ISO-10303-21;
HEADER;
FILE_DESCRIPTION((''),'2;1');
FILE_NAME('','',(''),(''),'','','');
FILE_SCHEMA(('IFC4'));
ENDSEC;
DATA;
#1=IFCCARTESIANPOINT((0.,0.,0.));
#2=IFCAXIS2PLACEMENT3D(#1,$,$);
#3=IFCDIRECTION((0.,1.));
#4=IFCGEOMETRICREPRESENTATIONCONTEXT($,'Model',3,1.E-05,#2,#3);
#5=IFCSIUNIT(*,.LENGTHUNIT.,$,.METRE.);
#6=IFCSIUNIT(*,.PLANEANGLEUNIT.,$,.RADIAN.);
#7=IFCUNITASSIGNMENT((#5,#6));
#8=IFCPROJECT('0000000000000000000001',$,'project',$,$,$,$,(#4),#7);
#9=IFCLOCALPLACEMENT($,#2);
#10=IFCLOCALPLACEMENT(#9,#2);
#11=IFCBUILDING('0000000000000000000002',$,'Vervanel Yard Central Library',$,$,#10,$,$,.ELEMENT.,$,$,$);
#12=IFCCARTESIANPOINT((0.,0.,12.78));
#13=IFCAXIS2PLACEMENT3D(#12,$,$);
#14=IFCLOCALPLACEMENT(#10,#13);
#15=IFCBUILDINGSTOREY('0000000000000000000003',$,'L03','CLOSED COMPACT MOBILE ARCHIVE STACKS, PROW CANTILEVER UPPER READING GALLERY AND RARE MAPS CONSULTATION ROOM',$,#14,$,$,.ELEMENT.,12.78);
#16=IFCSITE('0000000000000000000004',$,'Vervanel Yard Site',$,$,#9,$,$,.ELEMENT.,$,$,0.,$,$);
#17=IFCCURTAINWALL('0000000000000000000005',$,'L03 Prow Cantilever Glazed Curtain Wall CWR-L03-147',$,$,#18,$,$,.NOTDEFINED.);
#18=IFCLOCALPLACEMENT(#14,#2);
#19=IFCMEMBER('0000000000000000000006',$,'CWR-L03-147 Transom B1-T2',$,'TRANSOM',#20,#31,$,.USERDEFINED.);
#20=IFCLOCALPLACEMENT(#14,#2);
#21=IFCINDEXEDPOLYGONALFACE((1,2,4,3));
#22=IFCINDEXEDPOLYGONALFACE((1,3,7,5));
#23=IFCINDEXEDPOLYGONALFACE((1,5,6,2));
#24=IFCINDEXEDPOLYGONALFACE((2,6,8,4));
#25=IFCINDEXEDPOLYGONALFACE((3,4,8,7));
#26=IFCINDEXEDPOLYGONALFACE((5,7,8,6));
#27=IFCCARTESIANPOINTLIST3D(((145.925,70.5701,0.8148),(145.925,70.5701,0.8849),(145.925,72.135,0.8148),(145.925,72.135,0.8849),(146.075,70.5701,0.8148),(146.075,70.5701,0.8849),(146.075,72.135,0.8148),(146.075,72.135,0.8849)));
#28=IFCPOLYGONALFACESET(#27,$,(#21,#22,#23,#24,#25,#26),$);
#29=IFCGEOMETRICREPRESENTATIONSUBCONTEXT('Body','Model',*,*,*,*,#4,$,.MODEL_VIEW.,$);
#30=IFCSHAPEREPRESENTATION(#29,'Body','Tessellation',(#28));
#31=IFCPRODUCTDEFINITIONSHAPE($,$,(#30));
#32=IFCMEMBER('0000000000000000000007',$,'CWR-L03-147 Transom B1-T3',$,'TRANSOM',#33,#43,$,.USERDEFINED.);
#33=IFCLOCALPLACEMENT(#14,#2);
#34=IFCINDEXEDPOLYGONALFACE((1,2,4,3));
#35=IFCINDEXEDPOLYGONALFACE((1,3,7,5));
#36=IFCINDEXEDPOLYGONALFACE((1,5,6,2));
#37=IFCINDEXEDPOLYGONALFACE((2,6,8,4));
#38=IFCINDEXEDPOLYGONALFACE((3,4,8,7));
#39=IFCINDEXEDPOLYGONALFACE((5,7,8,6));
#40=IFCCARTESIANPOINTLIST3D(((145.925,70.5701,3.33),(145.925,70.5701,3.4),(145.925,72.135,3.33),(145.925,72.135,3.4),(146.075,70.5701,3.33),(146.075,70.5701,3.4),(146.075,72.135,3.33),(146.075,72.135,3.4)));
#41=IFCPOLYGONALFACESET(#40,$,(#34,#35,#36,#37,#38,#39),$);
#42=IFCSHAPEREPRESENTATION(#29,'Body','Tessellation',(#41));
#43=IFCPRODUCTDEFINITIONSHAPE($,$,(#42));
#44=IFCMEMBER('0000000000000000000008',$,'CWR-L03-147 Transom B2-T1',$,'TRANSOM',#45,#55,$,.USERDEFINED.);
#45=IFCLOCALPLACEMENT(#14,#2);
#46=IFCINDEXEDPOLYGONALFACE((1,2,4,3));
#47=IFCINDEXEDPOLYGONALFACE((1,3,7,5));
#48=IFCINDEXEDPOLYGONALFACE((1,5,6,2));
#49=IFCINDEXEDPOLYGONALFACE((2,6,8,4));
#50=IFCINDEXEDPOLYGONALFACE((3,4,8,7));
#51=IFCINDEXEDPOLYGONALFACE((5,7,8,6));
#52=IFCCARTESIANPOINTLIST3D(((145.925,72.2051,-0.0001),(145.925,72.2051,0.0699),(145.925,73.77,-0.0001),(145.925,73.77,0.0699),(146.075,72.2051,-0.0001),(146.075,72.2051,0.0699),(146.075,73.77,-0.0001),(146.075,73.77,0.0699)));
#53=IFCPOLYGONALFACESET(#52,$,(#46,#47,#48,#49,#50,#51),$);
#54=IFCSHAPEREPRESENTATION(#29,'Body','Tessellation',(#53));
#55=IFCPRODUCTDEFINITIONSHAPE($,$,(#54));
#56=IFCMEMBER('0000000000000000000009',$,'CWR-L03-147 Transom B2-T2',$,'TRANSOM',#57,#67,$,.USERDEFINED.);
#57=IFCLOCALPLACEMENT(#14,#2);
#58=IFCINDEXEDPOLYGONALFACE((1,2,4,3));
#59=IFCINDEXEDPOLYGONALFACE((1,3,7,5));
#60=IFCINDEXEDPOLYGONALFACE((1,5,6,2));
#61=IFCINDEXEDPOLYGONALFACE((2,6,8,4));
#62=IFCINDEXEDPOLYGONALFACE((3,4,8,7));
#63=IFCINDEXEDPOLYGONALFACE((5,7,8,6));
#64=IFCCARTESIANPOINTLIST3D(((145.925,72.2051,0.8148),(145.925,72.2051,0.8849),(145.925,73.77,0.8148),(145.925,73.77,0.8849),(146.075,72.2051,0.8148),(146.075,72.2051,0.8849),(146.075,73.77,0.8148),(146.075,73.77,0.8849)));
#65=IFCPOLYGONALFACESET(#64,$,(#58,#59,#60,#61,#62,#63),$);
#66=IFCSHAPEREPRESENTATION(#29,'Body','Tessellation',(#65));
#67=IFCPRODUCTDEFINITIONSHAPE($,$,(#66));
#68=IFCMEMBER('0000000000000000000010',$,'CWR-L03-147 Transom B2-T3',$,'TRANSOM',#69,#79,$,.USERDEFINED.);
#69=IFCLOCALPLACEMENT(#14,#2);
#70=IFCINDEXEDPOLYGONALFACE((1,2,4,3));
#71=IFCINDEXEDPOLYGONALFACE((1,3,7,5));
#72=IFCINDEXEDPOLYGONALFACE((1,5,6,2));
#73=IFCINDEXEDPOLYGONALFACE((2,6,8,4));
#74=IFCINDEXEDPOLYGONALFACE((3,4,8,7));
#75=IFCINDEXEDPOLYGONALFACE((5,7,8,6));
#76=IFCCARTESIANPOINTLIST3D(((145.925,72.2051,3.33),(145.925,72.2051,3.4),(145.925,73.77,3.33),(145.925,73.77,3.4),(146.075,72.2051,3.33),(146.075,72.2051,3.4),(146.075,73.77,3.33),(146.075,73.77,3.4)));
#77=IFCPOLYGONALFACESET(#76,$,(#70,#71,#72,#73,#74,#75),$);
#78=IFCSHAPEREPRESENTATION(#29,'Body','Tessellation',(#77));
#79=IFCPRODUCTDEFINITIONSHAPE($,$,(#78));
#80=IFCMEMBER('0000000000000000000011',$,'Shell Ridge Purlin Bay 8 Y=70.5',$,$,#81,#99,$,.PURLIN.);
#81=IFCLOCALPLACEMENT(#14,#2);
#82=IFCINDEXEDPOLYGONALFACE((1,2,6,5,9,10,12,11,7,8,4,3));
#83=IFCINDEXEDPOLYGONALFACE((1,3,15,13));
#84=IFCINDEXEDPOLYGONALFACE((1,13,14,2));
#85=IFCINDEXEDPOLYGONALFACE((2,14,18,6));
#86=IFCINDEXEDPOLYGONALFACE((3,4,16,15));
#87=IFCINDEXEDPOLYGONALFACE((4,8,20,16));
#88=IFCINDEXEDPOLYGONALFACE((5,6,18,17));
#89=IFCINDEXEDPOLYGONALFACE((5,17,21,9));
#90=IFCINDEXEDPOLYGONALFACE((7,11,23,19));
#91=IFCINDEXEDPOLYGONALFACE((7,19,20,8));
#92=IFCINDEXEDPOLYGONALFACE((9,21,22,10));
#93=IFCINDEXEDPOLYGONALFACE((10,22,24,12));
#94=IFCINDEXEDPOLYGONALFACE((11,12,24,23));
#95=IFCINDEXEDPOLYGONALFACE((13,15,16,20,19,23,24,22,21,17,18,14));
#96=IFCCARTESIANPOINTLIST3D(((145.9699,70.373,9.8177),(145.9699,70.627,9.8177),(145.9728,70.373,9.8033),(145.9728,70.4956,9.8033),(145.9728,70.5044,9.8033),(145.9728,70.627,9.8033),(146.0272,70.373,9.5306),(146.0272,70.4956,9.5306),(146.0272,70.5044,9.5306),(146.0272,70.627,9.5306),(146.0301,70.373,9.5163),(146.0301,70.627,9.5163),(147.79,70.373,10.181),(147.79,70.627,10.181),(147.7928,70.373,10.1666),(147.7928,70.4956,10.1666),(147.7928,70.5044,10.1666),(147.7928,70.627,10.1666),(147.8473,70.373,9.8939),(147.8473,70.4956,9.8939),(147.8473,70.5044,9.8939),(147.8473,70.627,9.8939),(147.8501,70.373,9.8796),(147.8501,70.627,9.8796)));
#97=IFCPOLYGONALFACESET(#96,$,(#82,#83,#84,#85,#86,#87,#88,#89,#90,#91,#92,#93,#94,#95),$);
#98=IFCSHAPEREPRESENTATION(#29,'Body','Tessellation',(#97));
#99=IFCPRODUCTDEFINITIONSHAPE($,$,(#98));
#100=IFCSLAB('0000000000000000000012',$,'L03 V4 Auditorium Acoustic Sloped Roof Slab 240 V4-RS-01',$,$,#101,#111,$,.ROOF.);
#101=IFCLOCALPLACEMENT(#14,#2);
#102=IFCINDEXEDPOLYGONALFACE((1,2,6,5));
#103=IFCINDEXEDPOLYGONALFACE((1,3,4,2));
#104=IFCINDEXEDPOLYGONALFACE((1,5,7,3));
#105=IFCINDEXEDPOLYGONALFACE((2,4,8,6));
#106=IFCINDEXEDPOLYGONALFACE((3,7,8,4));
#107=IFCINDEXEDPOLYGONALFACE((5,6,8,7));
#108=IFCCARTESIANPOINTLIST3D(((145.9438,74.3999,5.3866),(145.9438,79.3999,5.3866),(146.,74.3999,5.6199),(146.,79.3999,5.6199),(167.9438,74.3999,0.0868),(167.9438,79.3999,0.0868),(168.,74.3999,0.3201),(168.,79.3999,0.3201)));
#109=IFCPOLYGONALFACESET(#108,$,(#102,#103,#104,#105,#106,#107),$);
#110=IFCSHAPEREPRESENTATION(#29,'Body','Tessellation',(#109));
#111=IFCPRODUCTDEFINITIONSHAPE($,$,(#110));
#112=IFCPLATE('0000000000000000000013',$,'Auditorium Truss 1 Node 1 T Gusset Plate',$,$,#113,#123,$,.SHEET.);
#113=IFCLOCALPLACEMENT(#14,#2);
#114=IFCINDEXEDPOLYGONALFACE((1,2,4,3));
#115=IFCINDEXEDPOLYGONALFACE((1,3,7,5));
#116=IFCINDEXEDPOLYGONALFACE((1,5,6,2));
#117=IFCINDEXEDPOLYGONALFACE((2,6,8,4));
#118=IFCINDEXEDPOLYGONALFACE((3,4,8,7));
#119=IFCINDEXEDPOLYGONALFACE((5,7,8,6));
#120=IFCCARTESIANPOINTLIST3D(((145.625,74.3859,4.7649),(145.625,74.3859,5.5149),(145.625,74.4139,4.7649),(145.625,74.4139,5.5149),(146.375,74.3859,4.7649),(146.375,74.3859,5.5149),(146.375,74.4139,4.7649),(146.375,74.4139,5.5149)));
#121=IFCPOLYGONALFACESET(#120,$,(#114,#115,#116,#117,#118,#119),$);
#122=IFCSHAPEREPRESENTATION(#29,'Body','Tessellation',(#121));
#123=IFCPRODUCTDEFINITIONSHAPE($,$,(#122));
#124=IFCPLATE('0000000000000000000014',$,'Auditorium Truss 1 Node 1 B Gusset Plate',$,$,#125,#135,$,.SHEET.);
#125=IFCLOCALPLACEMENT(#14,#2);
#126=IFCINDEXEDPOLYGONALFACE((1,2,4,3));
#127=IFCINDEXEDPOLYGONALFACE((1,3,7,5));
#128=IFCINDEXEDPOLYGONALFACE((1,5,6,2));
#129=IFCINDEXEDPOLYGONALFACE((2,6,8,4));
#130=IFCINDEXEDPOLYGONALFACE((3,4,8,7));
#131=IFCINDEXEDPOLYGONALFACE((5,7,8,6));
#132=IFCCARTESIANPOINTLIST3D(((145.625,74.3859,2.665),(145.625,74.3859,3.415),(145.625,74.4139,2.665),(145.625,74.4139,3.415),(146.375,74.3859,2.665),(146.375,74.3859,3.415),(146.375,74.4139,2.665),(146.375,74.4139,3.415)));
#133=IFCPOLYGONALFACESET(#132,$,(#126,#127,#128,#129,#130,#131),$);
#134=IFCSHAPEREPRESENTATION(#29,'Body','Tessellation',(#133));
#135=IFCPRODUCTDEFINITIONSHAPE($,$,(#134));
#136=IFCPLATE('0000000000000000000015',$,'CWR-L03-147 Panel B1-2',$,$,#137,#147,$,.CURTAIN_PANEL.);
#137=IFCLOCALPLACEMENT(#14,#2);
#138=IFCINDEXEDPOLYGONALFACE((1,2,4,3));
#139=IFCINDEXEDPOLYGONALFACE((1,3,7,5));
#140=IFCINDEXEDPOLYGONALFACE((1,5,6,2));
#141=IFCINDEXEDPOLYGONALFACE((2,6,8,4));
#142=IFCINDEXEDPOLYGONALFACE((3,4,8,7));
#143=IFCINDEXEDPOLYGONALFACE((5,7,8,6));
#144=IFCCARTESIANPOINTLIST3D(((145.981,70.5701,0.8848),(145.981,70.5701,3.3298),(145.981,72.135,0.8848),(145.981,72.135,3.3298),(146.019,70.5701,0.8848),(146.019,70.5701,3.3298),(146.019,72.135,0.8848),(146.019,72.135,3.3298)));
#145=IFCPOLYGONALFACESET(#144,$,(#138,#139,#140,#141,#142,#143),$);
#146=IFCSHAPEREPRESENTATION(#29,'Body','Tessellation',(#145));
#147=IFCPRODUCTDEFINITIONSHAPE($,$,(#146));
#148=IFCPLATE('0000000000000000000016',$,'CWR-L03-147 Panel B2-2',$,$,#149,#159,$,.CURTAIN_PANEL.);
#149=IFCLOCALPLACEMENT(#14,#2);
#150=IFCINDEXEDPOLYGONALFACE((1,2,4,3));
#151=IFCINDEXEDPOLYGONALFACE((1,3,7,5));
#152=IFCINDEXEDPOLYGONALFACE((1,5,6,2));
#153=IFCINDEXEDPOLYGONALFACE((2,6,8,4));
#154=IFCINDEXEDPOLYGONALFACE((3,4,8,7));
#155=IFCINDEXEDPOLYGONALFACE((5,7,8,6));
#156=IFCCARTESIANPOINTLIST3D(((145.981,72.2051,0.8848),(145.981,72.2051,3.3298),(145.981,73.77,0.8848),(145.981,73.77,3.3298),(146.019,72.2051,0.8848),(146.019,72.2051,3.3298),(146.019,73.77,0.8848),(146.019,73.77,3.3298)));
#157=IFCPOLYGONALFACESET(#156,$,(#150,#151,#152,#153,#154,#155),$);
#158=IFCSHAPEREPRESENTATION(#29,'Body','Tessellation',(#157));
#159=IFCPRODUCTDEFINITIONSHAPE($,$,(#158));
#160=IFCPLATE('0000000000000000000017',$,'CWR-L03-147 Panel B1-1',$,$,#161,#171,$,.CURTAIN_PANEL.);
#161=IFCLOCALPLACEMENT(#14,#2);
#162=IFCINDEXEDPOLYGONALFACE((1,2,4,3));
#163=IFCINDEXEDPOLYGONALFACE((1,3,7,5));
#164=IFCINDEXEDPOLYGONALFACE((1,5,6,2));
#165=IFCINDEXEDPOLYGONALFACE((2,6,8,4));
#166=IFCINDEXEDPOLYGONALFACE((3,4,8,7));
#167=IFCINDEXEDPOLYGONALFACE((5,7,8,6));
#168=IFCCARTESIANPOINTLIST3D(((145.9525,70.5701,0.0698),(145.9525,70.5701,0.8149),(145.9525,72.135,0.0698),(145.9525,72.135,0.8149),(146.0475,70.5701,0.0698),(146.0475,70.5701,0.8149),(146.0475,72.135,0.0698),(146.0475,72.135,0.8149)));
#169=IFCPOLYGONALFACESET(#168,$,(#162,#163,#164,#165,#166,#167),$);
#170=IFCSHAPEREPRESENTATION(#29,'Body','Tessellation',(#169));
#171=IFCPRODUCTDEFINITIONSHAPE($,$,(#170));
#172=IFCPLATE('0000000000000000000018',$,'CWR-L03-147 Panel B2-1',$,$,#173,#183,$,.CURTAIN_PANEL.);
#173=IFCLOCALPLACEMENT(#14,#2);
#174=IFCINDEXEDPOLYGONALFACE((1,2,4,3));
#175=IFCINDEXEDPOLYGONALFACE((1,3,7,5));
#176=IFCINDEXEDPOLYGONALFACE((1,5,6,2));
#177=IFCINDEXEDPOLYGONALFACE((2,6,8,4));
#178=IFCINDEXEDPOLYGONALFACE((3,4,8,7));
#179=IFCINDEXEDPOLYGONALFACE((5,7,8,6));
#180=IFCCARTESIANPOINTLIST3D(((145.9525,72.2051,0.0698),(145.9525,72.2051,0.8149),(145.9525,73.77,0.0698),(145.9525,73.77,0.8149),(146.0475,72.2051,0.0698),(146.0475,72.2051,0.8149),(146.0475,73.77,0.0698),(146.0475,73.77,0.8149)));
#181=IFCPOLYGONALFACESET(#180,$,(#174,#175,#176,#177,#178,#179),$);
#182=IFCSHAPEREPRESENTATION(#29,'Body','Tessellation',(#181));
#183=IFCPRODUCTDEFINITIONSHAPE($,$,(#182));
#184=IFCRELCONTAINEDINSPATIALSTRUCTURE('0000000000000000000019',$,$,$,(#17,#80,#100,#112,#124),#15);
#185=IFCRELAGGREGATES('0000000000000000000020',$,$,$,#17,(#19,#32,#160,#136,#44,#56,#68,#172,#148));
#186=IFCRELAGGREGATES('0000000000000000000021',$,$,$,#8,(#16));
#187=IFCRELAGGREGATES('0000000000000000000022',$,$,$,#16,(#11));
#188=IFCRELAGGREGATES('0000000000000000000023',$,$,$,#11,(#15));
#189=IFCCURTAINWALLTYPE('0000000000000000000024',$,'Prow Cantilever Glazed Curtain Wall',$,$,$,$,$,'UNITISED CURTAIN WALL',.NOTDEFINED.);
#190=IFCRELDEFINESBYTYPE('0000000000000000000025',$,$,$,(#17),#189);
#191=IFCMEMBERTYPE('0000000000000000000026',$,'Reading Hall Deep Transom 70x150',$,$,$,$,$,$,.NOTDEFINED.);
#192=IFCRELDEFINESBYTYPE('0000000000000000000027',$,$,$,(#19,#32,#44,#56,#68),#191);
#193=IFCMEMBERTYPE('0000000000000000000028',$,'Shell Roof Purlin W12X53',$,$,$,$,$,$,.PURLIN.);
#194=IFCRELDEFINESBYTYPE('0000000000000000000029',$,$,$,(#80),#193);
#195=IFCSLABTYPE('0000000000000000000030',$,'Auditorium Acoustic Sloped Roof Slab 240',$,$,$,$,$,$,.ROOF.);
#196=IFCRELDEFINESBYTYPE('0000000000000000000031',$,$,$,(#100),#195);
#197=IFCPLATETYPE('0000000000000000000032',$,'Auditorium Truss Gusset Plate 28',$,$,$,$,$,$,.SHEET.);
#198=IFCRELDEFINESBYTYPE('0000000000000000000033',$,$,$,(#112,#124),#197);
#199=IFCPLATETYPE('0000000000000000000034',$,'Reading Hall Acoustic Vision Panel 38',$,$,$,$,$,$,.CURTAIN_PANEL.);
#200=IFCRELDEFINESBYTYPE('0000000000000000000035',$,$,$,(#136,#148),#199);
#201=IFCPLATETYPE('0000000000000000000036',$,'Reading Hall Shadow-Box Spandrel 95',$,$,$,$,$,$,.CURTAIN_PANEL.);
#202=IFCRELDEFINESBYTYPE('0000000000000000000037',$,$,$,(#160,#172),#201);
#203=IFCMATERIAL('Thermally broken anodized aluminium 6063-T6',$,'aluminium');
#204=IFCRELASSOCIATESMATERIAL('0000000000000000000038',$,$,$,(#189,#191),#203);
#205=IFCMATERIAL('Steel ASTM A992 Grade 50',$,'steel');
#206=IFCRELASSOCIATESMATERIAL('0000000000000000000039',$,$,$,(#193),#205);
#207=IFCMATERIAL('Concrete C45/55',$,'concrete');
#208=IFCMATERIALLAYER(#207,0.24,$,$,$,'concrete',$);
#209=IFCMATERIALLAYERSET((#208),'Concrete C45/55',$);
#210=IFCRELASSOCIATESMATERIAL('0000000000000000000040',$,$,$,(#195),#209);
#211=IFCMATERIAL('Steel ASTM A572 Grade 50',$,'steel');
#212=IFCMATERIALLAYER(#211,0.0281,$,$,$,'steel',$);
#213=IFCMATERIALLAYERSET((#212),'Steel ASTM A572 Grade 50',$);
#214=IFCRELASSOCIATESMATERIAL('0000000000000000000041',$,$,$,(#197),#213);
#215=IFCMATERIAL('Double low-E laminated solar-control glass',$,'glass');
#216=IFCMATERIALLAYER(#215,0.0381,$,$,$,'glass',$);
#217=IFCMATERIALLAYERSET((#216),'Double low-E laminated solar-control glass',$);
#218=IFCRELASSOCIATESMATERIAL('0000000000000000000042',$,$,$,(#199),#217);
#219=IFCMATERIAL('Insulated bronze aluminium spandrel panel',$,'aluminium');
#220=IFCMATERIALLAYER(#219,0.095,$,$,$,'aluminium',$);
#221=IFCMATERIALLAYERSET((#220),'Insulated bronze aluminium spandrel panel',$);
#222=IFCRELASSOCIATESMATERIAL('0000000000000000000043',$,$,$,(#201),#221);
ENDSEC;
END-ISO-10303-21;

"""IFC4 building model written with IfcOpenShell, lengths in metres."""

from ifc_helpers import new_model, si_unit, direction, frame, origin, origin_2d, place, context, subcontext, project, spatial, polyline, rectangle, i_section, outline, extrude, material, layer, layer_set, material_profile, profile_set, type_object, element, aggregate, save


model = new_model("IFC4")

# Units and contexts
model_context = context("Model", 3, precision=1e-05, world=origin(), true_north=direction((0.0, 1.0)))
body_context = subcontext(model_context, "Body", "Model", "MODEL_VIEW")
ifc_project = project(units=[si_unit("LENGTHUNIT", "METRE"), si_unit("PLANEANGLEUNIT", "RADIAN")], contexts=[model_context])

# Site, building, storey
site_placement = place(None, origin())
site = spatial("IfcSite", under=ifc_project, at=site_placement, Name="Vervanel Yard Site", CompositionType="ELEMENT", RefElevation=0.0)
building_placement = place(site_placement, origin())
building = spatial("IfcBuilding", under=site, at=building_placement, Name="Vervanel Yard Central Library", CompositionType="ELEMENT")
storey_placement = place(building_placement, frame((0.0, 0.0, 12.78)))
storey = spatial("IfcBuildingStorey", under=building, at=storey_placement, Name="L03", Description="CLOSED COMPACT MOBILE ARCHIVE STACKS, PROW CANTILEVER UPPER READING GALLERY AND RARE MAPS CONSULTATION ROOM", CompositionType="ELEMENT", Elevation=12.78)

# Shared definitions
ifc_material_1 = material(Name="Steel ASTM A992 Grade 50", Category="steel")

# Curtain wall, members
ifc_material_2 = material(Name="Thermally broken anodized aluminium 6063-T6", Category="aluminium")
curtain_wall_type = type_object("IfcCurtainWallType", Name="Prow Cantilever Glazed Curtain Wall", ElementType="UNITISED CURTAIN WALL", PredefinedType="NOTDEFINED", material=ifc_material_2)
curtain_wall_placement = place(storey_placement, origin())
curtain_wall = element("IfcCurtainWall", 1, at=curtain_wall_placement, inside=storey, type_object=curtain_wall_type, Name="L03 Prow Cantilever Glazed Curtain Wall CWR-L03-147", PredefinedType="NOTDEFINED")
ifc_material_profile_1 = material_profile(ifc_material_2, rectangle(XDim=0.0701, YDim=0.1499, at=origin_2d()), Name="ALU 70x150", Category="aluminium")
ifc_profile_set_1 = profile_set([ifc_material_profile_1], Name="Thermally broken anodized aluminium 6063-T6")
member_type_1 = type_object("IfcMemberType", Name="Reading Hall Deep Transom 70x150", PredefinedType="NOTDEFINED", material=ifc_profile_set_1)
member_1_placement = place(storey_placement, frame((146.0, 70.5701, 0.8499), z_axis=(0.0, 1.0, 0.0), x_axis=(0.0, 0.0, 1.0)))
member_1 = element("IfcMember", 2, at=member_1_placement, type_object=member_type_1, Name="CWR-L03-147 Transom B1-T2", ObjectType="TRANSOM", PredefinedType="USERDEFINED", context=body_context, shape_type="SweptSolid", body=[
    extrude(rectangle(XDim=0.0701, YDim=0.1499, at=origin_2d()), origin(), (0.0, 0.0, 1.0), 1.5649),
])
member_2_placement = place(storey_placement, frame((146.0, 70.5701, 3.365), z_axis=(0.0, 1.0, 0.0), x_axis=(0.0, 0.0, 1.0)))
member_2 = element("IfcMember", 3, at=member_2_placement, type_object=member_type_1, Name="CWR-L03-147 Transom B1-T3", ObjectType="TRANSOM", PredefinedType="USERDEFINED", context=body_context, shape_type="SweptSolid", body=[
    extrude(rectangle(XDim=0.0701, YDim=0.1499, at=origin_2d()), origin(), (0.0, 0.0, 1.0), 1.5649),
])
member_3_placement = place(storey_placement, frame((146.0, 72.2051, 0.0349), z_axis=(0.0, 1.0, 0.0), x_axis=(0.0, 0.0, 1.0)))
member_3 = element("IfcMember", 4, at=member_3_placement, type_object=member_type_1, Name="CWR-L03-147 Transom B2-T1", ObjectType="TRANSOM", PredefinedType="USERDEFINED", context=body_context, shape_type="SweptSolid", body=[
    extrude(rectangle(XDim=0.0701, YDim=0.1499, at=origin_2d()), origin(), (0.0, 0.0, 1.0), 1.5649),
])
member_4_placement = place(storey_placement, frame((146.0, 72.2051, 0.8499), z_axis=(0.0, 1.0, 0.0), x_axis=(0.0, 0.0, 1.0)))
member_4 = element("IfcMember", 5, at=member_4_placement, type_object=member_type_1, Name="CWR-L03-147 Transom B2-T2", ObjectType="TRANSOM", PredefinedType="USERDEFINED", context=body_context, shape_type="SweptSolid", body=[
    extrude(rectangle(XDim=0.0701, YDim=0.1499, at=origin_2d()), origin(), (0.0, 0.0, 1.0), 1.5649),
])
member_5_placement = place(storey_placement, frame((146.0, 72.2051, 3.365), z_axis=(0.0, 1.0, 0.0), x_axis=(0.0, 0.0, 1.0)))
member_5 = element("IfcMember", 6, at=member_5_placement, type_object=member_type_1, Name="CWR-L03-147 Transom B2-T3", ObjectType="TRANSOM", PredefinedType="USERDEFINED", context=body_context, shape_type="SweptSolid", body=[
    extrude(rectangle(XDim=0.0701, YDim=0.1499, at=origin_2d()), origin(), (0.0, 0.0, 1.0), 1.5649),
])

# Member
ifc_material_profile_2 = material_profile(ifc_material_1, i_section(OverallWidth=0.2539, OverallDepth=0.3074, WebThickness=0.0088, FlangeThickness=0.0146, at=origin_2d()), Name="W12X53", Category="steel")
ifc_profile_set_2 = profile_set([ifc_material_profile_2], Name="Steel ASTM A992 Grade 50")
member_type_2 = type_object("IfcMemberType", Name="Shell Roof Purlin W12X53", PredefinedType="PURLIN", material=ifc_profile_set_2)
member_6_placement = place(storey_placement, frame((146.0, 70.5, 9.667), z_axis=(0.980656, 0.0, 0.195737), x_axis=(0.0, 1.0, 0.0)))
element("IfcMember", 7, at=member_6_placement, inside=storey, type_object=member_type_2, Name="Shell Ridge Purlin Bay 8 Y=70.5", PredefinedType="PURLIN", context=body_context, shape_type="SweptSolid", body=[
    extrude(i_section(OverallWidth=0.2539, OverallDepth=0.3074, WebThickness=0.0088, FlangeThickness=0.0146, at=origin_2d()), origin(), (0.0, 0.0, 1.0), 1.856),
])

# Slab
ifc_material_3 = material(Name="Concrete C45/55", Category="concrete")
ifc_layer_1 = layer(ifc_material_3, 0.24, Category="concrete")
ifc_layer_set_1 = layer_set([ifc_layer_1], Name="Concrete C45/55")
slab_type = type_object("IfcSlabType", Name="Auditorium Acoustic Sloped Roof Slab 240", PredefinedType="ROOF", material=ifc_layer_set_1)
slab_placement = place(storey_placement, frame((146.0, 74.3999, 5.6199), z_axis=(0.2342, 0.0, 0.972188), x_axis=(0.972188, 0.0, -0.2342)))
element("IfcSlab", 8, at=slab_placement, inside=storey, type_object=slab_type, Name="L03 V4 Auditorium Acoustic Sloped Roof Slab 240 V4-RS-01", PredefinedType="ROOF", context=body_context, shape_type="SweptSolid", body=[
    extrude(outline(polyline([(0.0, 0.0), (22.6294, 0.0), (22.6294, 5.0), (0.0, 5.0), (0.0, 0.0)])), origin(), (0.0, 0.0, -1.0), 0.24),
])

# Plates
ifc_material_4 = material(Name="Steel ASTM A572 Grade 50", Category="steel")
ifc_layer_2 = layer(ifc_material_4, 0.0281, Category="steel")
ifc_layer_set_2 = layer_set([ifc_layer_2], Name="Steel ASTM A572 Grade 50")
plate_type_1 = type_object("IfcPlateType", Name="Auditorium Truss Gusset Plate 28", PredefinedType="SHEET", material=ifc_layer_set_2)
for number, where, z_axis, x_axis, name in (
    (9, (146.0, 74.3999, 4.7649), (0.0, 0.0, 1.0), (1.0, 0.0, 0.0), "Auditorium Truss 1 Node 1 T Gusset Plate"),
    (10, (146.0, 74.3999, 2.665), (0.0, 0.0, 1.0), (1.0, 0.0, 0.0), "Auditorium Truss 1 Node 1 B Gusset Plate"),
):
    element("IfcPlate", number, at=place(storey_placement, frame(where, z_axis=z_axis, x_axis=x_axis)), inside=storey, type_object=plate_type_1, Name=name, PredefinedType="SHEET", context=body_context, shape_type="SweptSolid", body=[
        extrude(rectangle(XDim=0.75, YDim=0.0281, at=origin_2d()), origin(), (0.0, 0.0, 1.0), 0.75),
    ])

# Plates
ifc_material_5 = material(Name="Double low-E laminated solar-control glass", Category="glass")
ifc_layer_3 = layer(ifc_material_5, 0.0381, Category="glass")
ifc_layer_set_3 = layer_set([ifc_layer_3], Name="Double low-E laminated solar-control glass")
plate_type_2 = type_object("IfcPlateType", Name="Reading Hall Acoustic Vision Panel 38", PredefinedType="CURTAIN_PANEL", material=ifc_layer_set_3)
plate_1_placement = place(storey_placement, frame((146.0, 71.3525, 0.8848), z_axis=(0.0, 0.0, 1.0), x_axis=(0.0, 1.0, 0.0)))
plate_1 = element("IfcPlate", 11, at=plate_1_placement, type_object=plate_type_2, Name="CWR-L03-147 Panel B1-2", PredefinedType="CURTAIN_PANEL", context=body_context, shape_type="SweptSolid", body=[
    extrude(rectangle(XDim=1.5649, YDim=0.0381, at=origin_2d()), origin(), (0.0, 0.0, 1.0), 2.4451),
])
plate_2_placement = place(storey_placement, frame((146.0, 72.9875, 0.8848), z_axis=(0.0, 0.0, 1.0), x_axis=(0.0, 1.0, 0.0)))
plate_2 = element("IfcPlate", 12, at=plate_2_placement, type_object=plate_type_2, Name="CWR-L03-147 Panel B2-2", PredefinedType="CURTAIN_PANEL", context=body_context, shape_type="SweptSolid", body=[
    extrude(rectangle(XDim=1.5649, YDim=0.0381, at=origin_2d()), origin(), (0.0, 0.0, 1.0), 2.4451),
])
ifc_material_6 = material(Name="Insulated bronze aluminium spandrel panel", Category="aluminium")
ifc_layer_4 = layer(ifc_material_6, 0.095, Category="aluminium")
ifc_layer_set_4 = layer_set([ifc_layer_4], Name="Insulated bronze aluminium spandrel panel")
plate_type_3 = type_object("IfcPlateType", Name="Reading Hall Shadow-Box Spandrel 95", PredefinedType="CURTAIN_PANEL", material=ifc_layer_set_4)
plate_3_placement = place(storey_placement, frame((146.0, 71.3525, 0.0698), z_axis=(0.0, 0.0, 1.0), x_axis=(0.0, 1.0, 0.0)))
plate_3 = element("IfcPlate", 13, at=plate_3_placement, type_object=plate_type_3, Name="CWR-L03-147 Panel B1-1", PredefinedType="CURTAIN_PANEL", context=body_context, shape_type="SweptSolid", body=[
    extrude(rectangle(XDim=1.5649, YDim=0.095, at=origin_2d()), origin(), (0.0, 0.0, 1.0), 0.7451),
])
plate_4_placement = place(storey_placement, frame((146.0, 72.9875, 0.0698), z_axis=(0.0, 0.0, 1.0), x_axis=(0.0, 1.0, 0.0)))
plate_4 = element("IfcPlate", 14, at=plate_4_placement, type_object=plate_type_3, Name="CWR-L03-147 Panel B2-1", PredefinedType="CURTAIN_PANEL", context=body_context, shape_type="SweptSolid", body=[
    extrude(rectangle(XDim=1.5649, YDim=0.095, at=origin_2d()), origin(), (0.0, 0.0, 1.0), 0.7451),
])
aggregate(curtain_wall, [member_1, member_2, plate_3, plate_1, member_3, member_4, member_5, plate_4, plate_2])

save(model, "model.ifc")
